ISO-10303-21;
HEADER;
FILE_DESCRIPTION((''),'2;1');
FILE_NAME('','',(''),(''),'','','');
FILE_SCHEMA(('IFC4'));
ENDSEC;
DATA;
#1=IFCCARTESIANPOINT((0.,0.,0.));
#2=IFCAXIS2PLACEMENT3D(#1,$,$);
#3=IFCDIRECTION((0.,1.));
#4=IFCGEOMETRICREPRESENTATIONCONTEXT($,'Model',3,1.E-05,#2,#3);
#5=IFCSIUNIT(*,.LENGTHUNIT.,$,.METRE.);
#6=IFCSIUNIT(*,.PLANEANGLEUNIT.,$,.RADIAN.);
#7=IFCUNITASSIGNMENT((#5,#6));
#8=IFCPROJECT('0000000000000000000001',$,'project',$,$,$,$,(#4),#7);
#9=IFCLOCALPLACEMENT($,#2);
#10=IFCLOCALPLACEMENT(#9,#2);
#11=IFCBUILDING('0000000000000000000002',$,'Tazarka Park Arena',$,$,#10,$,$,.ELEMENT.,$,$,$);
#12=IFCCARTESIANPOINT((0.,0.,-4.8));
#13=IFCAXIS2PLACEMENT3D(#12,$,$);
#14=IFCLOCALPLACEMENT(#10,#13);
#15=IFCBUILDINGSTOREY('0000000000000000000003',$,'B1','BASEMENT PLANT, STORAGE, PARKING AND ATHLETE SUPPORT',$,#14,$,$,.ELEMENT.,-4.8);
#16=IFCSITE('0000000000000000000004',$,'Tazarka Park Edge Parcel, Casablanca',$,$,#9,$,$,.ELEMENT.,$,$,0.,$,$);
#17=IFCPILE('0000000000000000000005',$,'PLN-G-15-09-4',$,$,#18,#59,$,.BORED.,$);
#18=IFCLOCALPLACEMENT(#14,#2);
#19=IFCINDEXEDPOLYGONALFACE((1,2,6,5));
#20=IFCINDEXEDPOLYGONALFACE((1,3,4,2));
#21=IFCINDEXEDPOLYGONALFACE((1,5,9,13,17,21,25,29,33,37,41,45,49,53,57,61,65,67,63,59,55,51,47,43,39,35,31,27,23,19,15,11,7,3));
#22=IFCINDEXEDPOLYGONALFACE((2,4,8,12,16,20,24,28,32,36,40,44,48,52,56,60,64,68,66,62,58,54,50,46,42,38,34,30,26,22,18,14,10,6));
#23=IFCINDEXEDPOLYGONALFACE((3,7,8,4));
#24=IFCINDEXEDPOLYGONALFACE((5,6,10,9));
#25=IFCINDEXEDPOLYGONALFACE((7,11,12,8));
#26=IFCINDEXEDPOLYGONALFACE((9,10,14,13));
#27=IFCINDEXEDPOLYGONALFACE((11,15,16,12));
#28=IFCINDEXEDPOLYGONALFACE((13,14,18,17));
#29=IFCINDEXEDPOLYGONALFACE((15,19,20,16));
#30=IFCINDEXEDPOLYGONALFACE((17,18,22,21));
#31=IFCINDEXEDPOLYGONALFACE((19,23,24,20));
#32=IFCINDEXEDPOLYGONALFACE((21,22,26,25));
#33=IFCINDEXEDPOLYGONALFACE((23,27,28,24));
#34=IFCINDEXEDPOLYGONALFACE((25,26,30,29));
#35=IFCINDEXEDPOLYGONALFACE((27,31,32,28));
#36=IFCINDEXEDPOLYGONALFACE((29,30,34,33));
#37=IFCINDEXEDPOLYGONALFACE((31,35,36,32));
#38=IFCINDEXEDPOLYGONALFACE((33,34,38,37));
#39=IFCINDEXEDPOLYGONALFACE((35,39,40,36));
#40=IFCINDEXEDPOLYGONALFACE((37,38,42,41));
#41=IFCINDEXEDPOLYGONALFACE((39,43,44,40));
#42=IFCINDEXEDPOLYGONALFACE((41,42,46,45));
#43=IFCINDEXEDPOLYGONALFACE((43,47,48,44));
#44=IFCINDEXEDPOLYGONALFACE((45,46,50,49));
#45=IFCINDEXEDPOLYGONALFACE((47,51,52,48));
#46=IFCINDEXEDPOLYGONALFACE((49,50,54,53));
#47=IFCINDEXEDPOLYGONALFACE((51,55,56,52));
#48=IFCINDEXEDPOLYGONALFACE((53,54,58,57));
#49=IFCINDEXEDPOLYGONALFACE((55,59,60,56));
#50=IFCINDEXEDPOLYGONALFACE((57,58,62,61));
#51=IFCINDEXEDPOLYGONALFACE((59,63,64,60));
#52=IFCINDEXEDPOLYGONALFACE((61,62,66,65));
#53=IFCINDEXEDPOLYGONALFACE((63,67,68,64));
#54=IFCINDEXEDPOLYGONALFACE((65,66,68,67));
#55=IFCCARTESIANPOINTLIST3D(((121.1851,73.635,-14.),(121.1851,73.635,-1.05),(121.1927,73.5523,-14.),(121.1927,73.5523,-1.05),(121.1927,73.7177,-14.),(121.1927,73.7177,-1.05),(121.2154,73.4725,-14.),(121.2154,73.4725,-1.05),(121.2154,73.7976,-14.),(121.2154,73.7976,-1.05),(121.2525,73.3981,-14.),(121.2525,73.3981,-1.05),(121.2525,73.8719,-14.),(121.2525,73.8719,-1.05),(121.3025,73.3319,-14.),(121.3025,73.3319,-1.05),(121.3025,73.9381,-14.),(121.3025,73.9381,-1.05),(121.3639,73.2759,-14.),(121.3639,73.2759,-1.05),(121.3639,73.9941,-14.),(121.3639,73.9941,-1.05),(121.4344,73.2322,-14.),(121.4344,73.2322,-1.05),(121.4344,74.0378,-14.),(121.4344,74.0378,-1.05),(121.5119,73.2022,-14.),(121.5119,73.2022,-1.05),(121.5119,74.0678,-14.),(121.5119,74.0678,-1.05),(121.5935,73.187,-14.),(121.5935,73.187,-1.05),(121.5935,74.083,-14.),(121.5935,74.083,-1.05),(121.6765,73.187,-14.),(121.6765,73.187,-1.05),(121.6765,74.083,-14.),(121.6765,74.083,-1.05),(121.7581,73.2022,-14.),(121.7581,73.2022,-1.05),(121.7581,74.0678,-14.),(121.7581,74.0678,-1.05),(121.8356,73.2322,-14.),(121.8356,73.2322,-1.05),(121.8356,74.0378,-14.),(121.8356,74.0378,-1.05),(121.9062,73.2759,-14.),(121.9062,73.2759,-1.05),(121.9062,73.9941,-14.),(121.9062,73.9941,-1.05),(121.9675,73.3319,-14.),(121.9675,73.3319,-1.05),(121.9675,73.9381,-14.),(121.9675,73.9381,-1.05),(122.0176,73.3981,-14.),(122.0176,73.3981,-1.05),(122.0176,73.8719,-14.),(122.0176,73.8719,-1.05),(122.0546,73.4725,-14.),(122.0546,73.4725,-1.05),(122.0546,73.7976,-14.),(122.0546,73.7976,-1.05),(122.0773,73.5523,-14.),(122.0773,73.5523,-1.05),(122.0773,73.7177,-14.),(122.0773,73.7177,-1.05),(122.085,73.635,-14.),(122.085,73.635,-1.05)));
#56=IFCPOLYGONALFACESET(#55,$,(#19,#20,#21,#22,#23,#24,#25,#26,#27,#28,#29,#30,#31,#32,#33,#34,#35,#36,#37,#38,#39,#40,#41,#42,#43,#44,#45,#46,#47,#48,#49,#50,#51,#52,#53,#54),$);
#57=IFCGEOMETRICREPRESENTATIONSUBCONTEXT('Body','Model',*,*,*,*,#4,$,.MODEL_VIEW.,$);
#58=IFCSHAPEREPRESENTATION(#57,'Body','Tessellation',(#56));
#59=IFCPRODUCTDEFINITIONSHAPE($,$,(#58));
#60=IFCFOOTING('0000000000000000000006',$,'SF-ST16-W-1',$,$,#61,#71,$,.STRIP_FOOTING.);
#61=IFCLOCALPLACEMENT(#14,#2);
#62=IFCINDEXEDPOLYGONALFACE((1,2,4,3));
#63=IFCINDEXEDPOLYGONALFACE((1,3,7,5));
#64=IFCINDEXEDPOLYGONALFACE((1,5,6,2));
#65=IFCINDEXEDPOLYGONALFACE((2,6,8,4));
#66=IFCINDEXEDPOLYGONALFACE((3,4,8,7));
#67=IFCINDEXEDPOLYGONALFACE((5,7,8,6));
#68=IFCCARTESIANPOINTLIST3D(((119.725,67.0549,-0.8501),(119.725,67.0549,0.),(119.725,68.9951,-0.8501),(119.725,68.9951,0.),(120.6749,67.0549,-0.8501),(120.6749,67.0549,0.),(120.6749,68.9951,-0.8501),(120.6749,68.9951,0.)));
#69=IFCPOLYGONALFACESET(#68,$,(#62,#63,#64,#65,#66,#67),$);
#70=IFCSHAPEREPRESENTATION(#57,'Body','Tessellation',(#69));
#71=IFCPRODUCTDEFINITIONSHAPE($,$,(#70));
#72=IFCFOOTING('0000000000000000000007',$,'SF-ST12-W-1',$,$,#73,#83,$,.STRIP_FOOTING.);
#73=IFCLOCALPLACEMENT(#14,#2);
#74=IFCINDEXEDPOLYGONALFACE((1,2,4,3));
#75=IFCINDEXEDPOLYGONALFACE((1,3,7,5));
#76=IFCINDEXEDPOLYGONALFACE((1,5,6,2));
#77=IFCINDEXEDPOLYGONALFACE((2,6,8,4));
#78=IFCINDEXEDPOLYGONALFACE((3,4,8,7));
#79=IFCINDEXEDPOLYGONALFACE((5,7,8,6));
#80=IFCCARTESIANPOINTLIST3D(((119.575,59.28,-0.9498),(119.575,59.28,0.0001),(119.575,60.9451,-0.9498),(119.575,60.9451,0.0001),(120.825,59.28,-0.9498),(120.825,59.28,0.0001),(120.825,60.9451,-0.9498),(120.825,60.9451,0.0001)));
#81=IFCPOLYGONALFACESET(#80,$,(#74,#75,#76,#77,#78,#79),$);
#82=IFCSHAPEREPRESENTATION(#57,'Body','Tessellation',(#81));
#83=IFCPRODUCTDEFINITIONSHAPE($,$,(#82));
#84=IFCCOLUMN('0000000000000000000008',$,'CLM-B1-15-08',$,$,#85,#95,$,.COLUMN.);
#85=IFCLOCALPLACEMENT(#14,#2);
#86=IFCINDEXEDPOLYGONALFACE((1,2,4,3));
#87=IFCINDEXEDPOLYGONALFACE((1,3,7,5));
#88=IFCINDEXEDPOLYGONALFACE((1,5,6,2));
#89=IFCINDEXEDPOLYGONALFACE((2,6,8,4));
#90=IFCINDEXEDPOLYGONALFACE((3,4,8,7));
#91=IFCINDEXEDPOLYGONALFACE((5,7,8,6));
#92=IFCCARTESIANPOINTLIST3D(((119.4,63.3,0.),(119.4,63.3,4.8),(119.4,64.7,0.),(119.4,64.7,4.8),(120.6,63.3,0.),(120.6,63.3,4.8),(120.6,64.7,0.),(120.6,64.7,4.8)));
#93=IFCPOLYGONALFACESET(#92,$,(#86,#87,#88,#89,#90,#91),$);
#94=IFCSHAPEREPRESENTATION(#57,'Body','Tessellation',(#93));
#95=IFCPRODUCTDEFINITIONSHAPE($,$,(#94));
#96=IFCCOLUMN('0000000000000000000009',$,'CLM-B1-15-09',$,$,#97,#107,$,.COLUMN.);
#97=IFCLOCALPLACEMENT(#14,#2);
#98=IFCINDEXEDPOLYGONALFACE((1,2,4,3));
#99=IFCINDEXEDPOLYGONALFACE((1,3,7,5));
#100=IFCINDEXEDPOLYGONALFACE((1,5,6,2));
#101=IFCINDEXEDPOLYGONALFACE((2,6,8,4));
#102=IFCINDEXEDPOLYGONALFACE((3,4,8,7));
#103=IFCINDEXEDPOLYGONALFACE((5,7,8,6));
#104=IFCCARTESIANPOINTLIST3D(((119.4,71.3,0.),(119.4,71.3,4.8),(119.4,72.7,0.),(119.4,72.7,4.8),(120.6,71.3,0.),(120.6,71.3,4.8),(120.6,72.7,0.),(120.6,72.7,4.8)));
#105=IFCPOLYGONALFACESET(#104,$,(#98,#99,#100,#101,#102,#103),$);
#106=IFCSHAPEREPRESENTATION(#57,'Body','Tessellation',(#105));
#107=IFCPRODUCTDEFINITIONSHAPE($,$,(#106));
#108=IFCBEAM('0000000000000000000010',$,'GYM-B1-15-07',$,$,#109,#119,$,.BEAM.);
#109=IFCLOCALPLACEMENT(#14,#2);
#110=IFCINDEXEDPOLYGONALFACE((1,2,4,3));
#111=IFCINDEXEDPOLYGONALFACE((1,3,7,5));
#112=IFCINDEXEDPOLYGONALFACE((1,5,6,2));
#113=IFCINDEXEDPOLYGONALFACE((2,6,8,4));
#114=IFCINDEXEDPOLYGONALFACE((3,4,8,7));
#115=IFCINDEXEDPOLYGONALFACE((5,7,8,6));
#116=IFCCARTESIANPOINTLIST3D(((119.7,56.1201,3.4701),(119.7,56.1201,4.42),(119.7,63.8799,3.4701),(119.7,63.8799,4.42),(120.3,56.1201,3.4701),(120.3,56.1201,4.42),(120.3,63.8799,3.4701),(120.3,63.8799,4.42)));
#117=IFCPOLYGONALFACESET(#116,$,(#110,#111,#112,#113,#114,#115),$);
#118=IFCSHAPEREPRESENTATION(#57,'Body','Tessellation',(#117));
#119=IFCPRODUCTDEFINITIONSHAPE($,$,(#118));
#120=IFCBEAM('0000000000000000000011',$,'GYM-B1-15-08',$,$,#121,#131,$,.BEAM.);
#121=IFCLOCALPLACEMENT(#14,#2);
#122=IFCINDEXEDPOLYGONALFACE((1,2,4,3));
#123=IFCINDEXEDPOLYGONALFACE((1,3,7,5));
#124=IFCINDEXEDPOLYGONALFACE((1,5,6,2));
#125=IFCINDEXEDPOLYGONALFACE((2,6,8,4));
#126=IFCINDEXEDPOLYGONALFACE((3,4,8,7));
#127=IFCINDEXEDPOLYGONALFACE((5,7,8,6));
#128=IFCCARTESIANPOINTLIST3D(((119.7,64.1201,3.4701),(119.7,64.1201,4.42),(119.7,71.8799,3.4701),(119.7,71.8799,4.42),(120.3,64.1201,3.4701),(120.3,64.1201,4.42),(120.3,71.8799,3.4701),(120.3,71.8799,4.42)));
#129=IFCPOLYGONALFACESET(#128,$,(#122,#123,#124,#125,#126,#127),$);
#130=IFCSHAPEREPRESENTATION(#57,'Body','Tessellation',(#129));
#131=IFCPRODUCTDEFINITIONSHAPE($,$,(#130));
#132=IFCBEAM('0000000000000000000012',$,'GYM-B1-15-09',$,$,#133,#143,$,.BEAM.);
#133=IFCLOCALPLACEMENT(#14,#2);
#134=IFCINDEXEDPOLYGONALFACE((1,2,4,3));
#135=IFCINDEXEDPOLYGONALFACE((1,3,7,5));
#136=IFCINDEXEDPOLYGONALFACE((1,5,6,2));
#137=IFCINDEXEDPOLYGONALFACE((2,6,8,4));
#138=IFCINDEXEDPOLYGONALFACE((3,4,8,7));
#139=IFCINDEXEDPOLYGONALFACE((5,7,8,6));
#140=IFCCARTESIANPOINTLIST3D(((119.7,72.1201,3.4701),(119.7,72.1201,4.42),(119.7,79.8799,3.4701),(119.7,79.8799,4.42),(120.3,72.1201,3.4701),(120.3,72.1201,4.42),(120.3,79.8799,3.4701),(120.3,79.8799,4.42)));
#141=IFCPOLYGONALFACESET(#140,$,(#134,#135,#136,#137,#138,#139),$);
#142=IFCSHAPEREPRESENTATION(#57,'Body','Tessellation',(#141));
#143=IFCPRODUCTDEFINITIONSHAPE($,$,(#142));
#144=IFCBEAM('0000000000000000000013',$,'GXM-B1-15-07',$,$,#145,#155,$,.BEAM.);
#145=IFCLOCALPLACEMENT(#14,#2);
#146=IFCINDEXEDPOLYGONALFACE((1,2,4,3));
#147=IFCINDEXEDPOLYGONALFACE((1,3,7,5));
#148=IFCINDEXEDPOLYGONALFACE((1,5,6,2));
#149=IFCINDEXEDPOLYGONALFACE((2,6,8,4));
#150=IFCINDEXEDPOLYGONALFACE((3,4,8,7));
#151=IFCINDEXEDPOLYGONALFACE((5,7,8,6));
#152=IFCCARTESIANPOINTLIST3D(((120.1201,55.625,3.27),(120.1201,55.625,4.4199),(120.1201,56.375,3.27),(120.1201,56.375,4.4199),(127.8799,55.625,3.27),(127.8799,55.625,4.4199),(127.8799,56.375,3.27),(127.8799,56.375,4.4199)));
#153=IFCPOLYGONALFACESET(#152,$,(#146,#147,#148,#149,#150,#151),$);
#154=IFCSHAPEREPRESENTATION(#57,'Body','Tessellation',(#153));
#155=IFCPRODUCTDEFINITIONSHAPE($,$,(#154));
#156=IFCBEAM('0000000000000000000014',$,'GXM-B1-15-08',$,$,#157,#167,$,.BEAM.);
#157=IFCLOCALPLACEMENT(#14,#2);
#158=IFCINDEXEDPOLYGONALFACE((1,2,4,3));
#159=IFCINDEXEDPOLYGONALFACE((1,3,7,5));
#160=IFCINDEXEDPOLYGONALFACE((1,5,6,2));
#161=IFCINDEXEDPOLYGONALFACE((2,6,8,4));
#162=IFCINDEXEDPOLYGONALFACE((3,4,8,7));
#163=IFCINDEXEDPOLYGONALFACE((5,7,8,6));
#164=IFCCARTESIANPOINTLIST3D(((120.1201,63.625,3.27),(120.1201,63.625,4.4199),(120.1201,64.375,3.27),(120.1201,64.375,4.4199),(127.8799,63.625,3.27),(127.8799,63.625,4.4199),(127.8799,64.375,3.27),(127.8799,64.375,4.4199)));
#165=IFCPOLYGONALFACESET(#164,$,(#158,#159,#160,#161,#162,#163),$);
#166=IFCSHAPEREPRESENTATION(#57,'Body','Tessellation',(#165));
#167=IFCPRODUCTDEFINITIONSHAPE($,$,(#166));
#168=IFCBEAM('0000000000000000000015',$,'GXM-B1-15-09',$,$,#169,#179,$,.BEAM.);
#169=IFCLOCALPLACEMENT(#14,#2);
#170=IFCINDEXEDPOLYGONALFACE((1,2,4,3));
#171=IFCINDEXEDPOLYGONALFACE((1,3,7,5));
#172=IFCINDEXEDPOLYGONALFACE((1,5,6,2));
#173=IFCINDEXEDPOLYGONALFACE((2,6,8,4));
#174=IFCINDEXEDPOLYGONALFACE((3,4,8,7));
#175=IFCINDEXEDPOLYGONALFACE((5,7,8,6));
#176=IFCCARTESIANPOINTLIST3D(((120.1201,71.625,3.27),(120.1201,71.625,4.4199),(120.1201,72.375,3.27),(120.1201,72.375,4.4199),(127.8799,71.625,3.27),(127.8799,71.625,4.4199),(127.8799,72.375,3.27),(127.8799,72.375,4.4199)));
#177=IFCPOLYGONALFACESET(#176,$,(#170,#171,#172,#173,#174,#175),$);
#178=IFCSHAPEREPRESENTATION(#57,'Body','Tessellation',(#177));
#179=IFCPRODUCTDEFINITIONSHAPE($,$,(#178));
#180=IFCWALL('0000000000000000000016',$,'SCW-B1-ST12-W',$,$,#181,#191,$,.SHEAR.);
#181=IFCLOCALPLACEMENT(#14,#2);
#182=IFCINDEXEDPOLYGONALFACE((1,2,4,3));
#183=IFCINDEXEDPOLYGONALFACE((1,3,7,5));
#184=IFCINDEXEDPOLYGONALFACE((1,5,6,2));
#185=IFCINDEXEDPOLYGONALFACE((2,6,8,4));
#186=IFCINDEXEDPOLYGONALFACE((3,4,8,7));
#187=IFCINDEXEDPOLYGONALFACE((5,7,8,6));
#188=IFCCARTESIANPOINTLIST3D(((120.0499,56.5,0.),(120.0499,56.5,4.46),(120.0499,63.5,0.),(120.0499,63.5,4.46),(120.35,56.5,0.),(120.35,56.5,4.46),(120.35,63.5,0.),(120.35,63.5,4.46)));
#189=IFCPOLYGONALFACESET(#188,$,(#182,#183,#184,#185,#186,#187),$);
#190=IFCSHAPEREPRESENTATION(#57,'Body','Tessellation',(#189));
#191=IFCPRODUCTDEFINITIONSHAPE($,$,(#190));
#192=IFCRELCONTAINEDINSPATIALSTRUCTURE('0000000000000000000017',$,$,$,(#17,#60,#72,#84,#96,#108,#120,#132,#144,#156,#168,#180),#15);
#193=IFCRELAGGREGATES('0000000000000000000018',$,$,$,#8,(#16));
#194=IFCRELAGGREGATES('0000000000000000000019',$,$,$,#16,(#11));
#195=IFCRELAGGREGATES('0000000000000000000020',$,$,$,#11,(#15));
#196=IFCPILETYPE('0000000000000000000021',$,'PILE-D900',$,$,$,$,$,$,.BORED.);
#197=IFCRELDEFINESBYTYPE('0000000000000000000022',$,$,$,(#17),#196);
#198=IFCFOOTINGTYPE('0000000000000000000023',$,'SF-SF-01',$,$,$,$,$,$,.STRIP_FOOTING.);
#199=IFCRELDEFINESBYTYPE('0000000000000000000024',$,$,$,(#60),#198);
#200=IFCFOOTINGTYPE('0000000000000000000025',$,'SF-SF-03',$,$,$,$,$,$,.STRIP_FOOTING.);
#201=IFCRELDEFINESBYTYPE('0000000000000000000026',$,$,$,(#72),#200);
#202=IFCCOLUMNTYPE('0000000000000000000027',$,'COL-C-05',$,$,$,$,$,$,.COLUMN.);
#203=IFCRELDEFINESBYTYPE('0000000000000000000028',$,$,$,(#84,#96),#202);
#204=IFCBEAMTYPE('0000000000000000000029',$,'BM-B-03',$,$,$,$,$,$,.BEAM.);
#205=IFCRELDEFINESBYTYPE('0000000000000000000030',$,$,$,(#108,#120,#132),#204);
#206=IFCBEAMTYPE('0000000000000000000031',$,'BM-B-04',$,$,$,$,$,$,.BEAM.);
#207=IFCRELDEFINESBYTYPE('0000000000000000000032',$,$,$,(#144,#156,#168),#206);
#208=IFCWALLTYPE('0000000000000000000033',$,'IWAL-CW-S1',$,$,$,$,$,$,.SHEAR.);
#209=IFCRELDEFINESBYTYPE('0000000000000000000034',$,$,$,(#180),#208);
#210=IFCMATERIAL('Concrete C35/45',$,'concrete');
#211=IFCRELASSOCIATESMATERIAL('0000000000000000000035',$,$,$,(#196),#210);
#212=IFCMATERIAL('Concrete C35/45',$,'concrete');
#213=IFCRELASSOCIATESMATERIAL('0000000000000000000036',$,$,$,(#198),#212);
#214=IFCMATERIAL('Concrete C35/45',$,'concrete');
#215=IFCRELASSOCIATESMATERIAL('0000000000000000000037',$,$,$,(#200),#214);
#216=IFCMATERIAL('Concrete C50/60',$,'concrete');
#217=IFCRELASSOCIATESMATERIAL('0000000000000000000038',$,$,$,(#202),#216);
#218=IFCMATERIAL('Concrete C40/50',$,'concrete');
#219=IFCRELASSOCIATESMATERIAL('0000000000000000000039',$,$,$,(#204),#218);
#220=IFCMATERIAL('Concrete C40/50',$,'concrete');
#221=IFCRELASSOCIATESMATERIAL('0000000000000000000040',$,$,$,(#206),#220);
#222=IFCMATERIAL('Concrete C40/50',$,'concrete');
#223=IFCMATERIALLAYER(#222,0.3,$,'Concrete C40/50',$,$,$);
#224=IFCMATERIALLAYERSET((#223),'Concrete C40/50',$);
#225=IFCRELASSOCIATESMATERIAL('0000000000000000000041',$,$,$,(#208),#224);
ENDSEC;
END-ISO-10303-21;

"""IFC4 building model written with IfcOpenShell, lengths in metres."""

from ifc_helpers import new_model, si_unit, direction, frame, frame_2d, origin, origin_2d, place, context, subcontext, project, spatial, rectangle, circle, extrude, material, layer, layer_set, material_profile, profile_set, type_object, element, save


model = new_model("IFC4")

# Units and contexts
model_context = context("Model", 3, precision=1e-05, world=origin(), true_north=direction((0.0, 1.0)))
body_context = subcontext(model_context, "Body", "Model", "MODEL_VIEW")
ifc_project = project(units=[si_unit("LENGTHUNIT", "METRE"), si_unit("PLANEANGLEUNIT", "RADIAN")], contexts=[model_context])

# Site, building, storey
site_placement = place(None, origin())
site = spatial("IfcSite", under=ifc_project, at=site_placement, Name="Tazarka Park Edge Parcel, Casablanca", CompositionType="ELEMENT", RefElevation=0.0)
building_placement = place(site_placement, origin())
building = spatial("IfcBuilding", under=site, at=building_placement, Name="Tazarka Park Arena", CompositionType="ELEMENT")
storey_placement = place(building_placement, frame((0.0, 0.0, -4.8)))
storey = spatial("IfcBuildingStorey", under=building, at=storey_placement, Name="B1", Description="BASEMENT PLANT, STORAGE, PARKING AND ATHLETE SUPPORT", CompositionType="ELEMENT", Elevation=-4.8)

# Pile
ifc_material_1 = material(Name="Concrete C35/45", Category="concrete")
ifc_material_profile_1 = material_profile(ifc_material_1, circle(Radius=0.45, at=origin_2d()), Name="Concrete C35/45")
ifc_profile_set_1 = profile_set([ifc_material_profile_1], Name="Concrete C35/45")
pile_type_1 = type_object("IfcPileType", Name="PILE-D900", PredefinedType="BORED", material=ifc_profile_set_1)
for number, where, z_axis, x_axis, name in (
    (1, (121.635, 73.635, -1.05), (0.0, 0.0, -1.0), (1.0, 0.0, 0.0), "PLN-G-15-09-4"),
):
    element("IfcPile", number, at=place(storey_placement, frame(where, z_axis=z_axis, x_axis=x_axis)), inside=storey, type_object=pile_type_1, Name=name, PredefinedType="BORED", context=body_context, shape_type="SweptSolid", body=[
        extrude(circle(Radius=0.45, at=origin_2d()), origin(), (0.0, 0.0, 1.0), 12.95),
    ])

# Footings
ifc_material_2 = material(Name="Concrete C35/45", Category="concrete")
ifc_material_profile_2 = material_profile(ifc_material_2, rectangle(XDim=0.95, YDim=0.8501, at=origin_2d()), Name="Concrete C35/45")
ifc_profile_set_2 = profile_set([ifc_material_profile_2], Name="Concrete C35/45")
footing_type_1 = type_object("IfcFootingType", Name="SF-SF-01", PredefinedType="STRIP_FOOTING", material=ifc_profile_set_2)
footing_1_placement = place(storey_placement, frame((120.2, 67.0549, -0.425), z_axis=(0.0, 1.0, 0.0), x_axis=(-1.0, 0.0, 0.0)))
element("IfcFooting", 2, at=footing_1_placement, inside=storey, type_object=footing_type_1, Name="SF-ST16-W-1", PredefinedType="STRIP_FOOTING", context=body_context, shape_type="SweptSolid", body=[
    extrude(rectangle(XDim=0.95, YDim=0.8501, at=origin_2d()), origin(), (0.0, 0.0, 1.0), 1.9402),
])
ifc_material_3 = material(Name="Concrete C35/45", Category="concrete")
ifc_material_profile_3 = material_profile(ifc_material_3, rectangle(XDim=1.25, YDim=0.95, at=origin_2d()), Name="Concrete C35/45")
ifc_profile_set_3 = profile_set([ifc_material_profile_3], Name="Concrete C35/45")
footing_type_2 = type_object("IfcFootingType", Name="SF-SF-03", PredefinedType="STRIP_FOOTING", material=ifc_profile_set_3)
footing_2_placement = place(storey_placement, frame((120.2, 59.28, -0.4749), z_axis=(0.0, 1.0, 0.0), x_axis=(-1.0, 0.0, 0.0)))
element("IfcFooting", 3, at=footing_2_placement, inside=storey, type_object=footing_type_2, Name="SF-ST12-W-1", PredefinedType="STRIP_FOOTING", context=body_context, shape_type="SweptSolid", body=[
    extrude(rectangle(XDim=1.25, YDim=0.95, at=origin_2d()), origin(), (0.0, 0.0, 1.0), 1.665),
])

# Columns
ifc_material_4 = material(Name="Concrete C50/60", Category="concrete")
ifc_material_profile_4 = material_profile(ifc_material_4, rectangle(XDim=1.2, YDim=1.3999, at=origin_2d()), Name="Concrete C50/60")
ifc_profile_set_4 = profile_set([ifc_material_profile_4], Name="Concrete C50/60")
column_type = type_object("IfcColumnType", Name="COL-C-05", PredefinedType="COLUMN", material=ifc_profile_set_4)
for number, where, z_axis, x_axis, name in (
    (4, (120.0, 64.0, 0.0), (0.0, 0.0, 1.0), (1.0, 0.0, 0.0), "CLM-B1-15-08"),
    (5, (120.0, 72.0, 0.0), (0.0, 0.0, 1.0), (1.0, 0.0, 0.0), "CLM-B1-15-09"),
):
    element("IfcColumn", number, at=place(storey_placement, frame(where, z_axis=z_axis, x_axis=x_axis)), inside=storey, type_object=column_type, Name=name, PredefinedType="COLUMN", context=body_context, shape_type="SweptSolid", body=[
        extrude(rectangle(XDim=1.2, YDim=1.3999, at=origin_2d()), origin(), (0.0, 0.0, 1.0), 4.8),
    ])

# Beams
ifc_material_5 = material(Name="Concrete C40/50", Category="concrete")
ifc_material_profile_5 = material_profile(ifc_material_5, rectangle(XDim=0.6001, YDim=0.95, at=origin_2d()), Name="Concrete C40/50")
ifc_profile_set_5 = profile_set([ifc_material_profile_5], Name="Concrete C40/50")
beam_type_1 = type_object("IfcBeamType", Name="BM-B-03", PredefinedType="BEAM", material=ifc_profile_set_5)
for number, where, z_axis, x_axis, name in (
    (6, (120.0, 56.1201, 3.9451), (0.0, 1.0, 0.0), (-1.0, 0.0, 0.0), "GYM-B1-15-07"),
    (7, (120.0, 64.1201, 3.9451), (0.0, 1.0, 0.0), (-1.0, 0.0, 0.0), "GYM-B1-15-08"),
    (8, (120.0, 72.1201, 3.9451), (0.0, 1.0, 0.0), (-1.0, 0.0, 0.0), "GYM-B1-15-09"),
):
    element("IfcBeam", number, at=place(storey_placement, frame(where, z_axis=z_axis, x_axis=x_axis)), inside=storey, type_object=beam_type_1, Name=name, PredefinedType="BEAM", context=body_context, shape_type="SweptSolid", body=[
        extrude(rectangle(XDim=0.6001, YDim=0.95, at=origin_2d()), origin(), (0.0, 0.0, 1.0), 7.7598),
    ])
ifc_material_6 = material(Name="Concrete C40/50", Category="concrete")
ifc_material_profile_6 = material_profile(ifc_material_6, rectangle(XDim=0.75, YDim=1.1499, at=origin_2d()), Name="Concrete C40/50")
ifc_profile_set_6 = profile_set([ifc_material_profile_6], Name="Concrete C40/50")
beam_type_2 = type_object("IfcBeamType", Name="BM-B-04", PredefinedType="BEAM", material=ifc_profile_set_6)
for number, where, z_axis, x_axis, name in (
    (9, (120.1201, 56.0, 3.845), (1.0, 0.0, 0.0), (0.0, 1.0, 0.0), "GXM-B1-15-07"),
    (10, (120.1201, 64.0, 3.845), (1.0, 0.0, 0.0), (0.0, 1.0, 0.0), "GXM-B1-15-08"),
    (11, (120.1201, 72.0, 3.845), (1.0, 0.0, 0.0), (0.0, 1.0, 0.0), "GXM-B1-15-09"),
):
    element("IfcBeam", number, at=place(storey_placement, frame(where, z_axis=z_axis, x_axis=x_axis)), inside=storey, type_object=beam_type_2, Name=name, PredefinedType="BEAM", context=body_context, shape_type="SweptSolid", body=[
        extrude(rectangle(XDim=0.75, YDim=1.1499, at=origin_2d()), origin(), (0.0, 0.0, 1.0), 7.7598),
    ])

# Wall
ifc_material_7 = material(Name="Concrete C40/50", Category="concrete")
ifc_layer = layer(ifc_material_7, 0.3, Name="Concrete C40/50")
ifc_layer_set = layer_set([ifc_layer], Name="Concrete C40/50")
wall_type = type_object("IfcWallType", Name="IWAL-CW-S1", PredefinedType="SHEAR", material=ifc_layer_set)
wall_1_placement = place(storey_placement, frame((120.2, 56.5, 0.0), z_axis=(0.0, 0.0, 1.0), x_axis=(0.0, 1.0, 0.0)))
element("IfcWall", 12, at=wall_1_placement, inside=storey, type_object=wall_type, Name="SCW-B1-ST12-W", PredefinedType="SHEAR", context=body_context, shape_type="SweptSolid", body=[
    extrude(rectangle(XDim=7.0, YDim=0.3, at=frame_2d((3.5, 0.0))), origin(), (0.0, 0.0, 1.0), 4.46),
])

save(model, "model.ifc")
